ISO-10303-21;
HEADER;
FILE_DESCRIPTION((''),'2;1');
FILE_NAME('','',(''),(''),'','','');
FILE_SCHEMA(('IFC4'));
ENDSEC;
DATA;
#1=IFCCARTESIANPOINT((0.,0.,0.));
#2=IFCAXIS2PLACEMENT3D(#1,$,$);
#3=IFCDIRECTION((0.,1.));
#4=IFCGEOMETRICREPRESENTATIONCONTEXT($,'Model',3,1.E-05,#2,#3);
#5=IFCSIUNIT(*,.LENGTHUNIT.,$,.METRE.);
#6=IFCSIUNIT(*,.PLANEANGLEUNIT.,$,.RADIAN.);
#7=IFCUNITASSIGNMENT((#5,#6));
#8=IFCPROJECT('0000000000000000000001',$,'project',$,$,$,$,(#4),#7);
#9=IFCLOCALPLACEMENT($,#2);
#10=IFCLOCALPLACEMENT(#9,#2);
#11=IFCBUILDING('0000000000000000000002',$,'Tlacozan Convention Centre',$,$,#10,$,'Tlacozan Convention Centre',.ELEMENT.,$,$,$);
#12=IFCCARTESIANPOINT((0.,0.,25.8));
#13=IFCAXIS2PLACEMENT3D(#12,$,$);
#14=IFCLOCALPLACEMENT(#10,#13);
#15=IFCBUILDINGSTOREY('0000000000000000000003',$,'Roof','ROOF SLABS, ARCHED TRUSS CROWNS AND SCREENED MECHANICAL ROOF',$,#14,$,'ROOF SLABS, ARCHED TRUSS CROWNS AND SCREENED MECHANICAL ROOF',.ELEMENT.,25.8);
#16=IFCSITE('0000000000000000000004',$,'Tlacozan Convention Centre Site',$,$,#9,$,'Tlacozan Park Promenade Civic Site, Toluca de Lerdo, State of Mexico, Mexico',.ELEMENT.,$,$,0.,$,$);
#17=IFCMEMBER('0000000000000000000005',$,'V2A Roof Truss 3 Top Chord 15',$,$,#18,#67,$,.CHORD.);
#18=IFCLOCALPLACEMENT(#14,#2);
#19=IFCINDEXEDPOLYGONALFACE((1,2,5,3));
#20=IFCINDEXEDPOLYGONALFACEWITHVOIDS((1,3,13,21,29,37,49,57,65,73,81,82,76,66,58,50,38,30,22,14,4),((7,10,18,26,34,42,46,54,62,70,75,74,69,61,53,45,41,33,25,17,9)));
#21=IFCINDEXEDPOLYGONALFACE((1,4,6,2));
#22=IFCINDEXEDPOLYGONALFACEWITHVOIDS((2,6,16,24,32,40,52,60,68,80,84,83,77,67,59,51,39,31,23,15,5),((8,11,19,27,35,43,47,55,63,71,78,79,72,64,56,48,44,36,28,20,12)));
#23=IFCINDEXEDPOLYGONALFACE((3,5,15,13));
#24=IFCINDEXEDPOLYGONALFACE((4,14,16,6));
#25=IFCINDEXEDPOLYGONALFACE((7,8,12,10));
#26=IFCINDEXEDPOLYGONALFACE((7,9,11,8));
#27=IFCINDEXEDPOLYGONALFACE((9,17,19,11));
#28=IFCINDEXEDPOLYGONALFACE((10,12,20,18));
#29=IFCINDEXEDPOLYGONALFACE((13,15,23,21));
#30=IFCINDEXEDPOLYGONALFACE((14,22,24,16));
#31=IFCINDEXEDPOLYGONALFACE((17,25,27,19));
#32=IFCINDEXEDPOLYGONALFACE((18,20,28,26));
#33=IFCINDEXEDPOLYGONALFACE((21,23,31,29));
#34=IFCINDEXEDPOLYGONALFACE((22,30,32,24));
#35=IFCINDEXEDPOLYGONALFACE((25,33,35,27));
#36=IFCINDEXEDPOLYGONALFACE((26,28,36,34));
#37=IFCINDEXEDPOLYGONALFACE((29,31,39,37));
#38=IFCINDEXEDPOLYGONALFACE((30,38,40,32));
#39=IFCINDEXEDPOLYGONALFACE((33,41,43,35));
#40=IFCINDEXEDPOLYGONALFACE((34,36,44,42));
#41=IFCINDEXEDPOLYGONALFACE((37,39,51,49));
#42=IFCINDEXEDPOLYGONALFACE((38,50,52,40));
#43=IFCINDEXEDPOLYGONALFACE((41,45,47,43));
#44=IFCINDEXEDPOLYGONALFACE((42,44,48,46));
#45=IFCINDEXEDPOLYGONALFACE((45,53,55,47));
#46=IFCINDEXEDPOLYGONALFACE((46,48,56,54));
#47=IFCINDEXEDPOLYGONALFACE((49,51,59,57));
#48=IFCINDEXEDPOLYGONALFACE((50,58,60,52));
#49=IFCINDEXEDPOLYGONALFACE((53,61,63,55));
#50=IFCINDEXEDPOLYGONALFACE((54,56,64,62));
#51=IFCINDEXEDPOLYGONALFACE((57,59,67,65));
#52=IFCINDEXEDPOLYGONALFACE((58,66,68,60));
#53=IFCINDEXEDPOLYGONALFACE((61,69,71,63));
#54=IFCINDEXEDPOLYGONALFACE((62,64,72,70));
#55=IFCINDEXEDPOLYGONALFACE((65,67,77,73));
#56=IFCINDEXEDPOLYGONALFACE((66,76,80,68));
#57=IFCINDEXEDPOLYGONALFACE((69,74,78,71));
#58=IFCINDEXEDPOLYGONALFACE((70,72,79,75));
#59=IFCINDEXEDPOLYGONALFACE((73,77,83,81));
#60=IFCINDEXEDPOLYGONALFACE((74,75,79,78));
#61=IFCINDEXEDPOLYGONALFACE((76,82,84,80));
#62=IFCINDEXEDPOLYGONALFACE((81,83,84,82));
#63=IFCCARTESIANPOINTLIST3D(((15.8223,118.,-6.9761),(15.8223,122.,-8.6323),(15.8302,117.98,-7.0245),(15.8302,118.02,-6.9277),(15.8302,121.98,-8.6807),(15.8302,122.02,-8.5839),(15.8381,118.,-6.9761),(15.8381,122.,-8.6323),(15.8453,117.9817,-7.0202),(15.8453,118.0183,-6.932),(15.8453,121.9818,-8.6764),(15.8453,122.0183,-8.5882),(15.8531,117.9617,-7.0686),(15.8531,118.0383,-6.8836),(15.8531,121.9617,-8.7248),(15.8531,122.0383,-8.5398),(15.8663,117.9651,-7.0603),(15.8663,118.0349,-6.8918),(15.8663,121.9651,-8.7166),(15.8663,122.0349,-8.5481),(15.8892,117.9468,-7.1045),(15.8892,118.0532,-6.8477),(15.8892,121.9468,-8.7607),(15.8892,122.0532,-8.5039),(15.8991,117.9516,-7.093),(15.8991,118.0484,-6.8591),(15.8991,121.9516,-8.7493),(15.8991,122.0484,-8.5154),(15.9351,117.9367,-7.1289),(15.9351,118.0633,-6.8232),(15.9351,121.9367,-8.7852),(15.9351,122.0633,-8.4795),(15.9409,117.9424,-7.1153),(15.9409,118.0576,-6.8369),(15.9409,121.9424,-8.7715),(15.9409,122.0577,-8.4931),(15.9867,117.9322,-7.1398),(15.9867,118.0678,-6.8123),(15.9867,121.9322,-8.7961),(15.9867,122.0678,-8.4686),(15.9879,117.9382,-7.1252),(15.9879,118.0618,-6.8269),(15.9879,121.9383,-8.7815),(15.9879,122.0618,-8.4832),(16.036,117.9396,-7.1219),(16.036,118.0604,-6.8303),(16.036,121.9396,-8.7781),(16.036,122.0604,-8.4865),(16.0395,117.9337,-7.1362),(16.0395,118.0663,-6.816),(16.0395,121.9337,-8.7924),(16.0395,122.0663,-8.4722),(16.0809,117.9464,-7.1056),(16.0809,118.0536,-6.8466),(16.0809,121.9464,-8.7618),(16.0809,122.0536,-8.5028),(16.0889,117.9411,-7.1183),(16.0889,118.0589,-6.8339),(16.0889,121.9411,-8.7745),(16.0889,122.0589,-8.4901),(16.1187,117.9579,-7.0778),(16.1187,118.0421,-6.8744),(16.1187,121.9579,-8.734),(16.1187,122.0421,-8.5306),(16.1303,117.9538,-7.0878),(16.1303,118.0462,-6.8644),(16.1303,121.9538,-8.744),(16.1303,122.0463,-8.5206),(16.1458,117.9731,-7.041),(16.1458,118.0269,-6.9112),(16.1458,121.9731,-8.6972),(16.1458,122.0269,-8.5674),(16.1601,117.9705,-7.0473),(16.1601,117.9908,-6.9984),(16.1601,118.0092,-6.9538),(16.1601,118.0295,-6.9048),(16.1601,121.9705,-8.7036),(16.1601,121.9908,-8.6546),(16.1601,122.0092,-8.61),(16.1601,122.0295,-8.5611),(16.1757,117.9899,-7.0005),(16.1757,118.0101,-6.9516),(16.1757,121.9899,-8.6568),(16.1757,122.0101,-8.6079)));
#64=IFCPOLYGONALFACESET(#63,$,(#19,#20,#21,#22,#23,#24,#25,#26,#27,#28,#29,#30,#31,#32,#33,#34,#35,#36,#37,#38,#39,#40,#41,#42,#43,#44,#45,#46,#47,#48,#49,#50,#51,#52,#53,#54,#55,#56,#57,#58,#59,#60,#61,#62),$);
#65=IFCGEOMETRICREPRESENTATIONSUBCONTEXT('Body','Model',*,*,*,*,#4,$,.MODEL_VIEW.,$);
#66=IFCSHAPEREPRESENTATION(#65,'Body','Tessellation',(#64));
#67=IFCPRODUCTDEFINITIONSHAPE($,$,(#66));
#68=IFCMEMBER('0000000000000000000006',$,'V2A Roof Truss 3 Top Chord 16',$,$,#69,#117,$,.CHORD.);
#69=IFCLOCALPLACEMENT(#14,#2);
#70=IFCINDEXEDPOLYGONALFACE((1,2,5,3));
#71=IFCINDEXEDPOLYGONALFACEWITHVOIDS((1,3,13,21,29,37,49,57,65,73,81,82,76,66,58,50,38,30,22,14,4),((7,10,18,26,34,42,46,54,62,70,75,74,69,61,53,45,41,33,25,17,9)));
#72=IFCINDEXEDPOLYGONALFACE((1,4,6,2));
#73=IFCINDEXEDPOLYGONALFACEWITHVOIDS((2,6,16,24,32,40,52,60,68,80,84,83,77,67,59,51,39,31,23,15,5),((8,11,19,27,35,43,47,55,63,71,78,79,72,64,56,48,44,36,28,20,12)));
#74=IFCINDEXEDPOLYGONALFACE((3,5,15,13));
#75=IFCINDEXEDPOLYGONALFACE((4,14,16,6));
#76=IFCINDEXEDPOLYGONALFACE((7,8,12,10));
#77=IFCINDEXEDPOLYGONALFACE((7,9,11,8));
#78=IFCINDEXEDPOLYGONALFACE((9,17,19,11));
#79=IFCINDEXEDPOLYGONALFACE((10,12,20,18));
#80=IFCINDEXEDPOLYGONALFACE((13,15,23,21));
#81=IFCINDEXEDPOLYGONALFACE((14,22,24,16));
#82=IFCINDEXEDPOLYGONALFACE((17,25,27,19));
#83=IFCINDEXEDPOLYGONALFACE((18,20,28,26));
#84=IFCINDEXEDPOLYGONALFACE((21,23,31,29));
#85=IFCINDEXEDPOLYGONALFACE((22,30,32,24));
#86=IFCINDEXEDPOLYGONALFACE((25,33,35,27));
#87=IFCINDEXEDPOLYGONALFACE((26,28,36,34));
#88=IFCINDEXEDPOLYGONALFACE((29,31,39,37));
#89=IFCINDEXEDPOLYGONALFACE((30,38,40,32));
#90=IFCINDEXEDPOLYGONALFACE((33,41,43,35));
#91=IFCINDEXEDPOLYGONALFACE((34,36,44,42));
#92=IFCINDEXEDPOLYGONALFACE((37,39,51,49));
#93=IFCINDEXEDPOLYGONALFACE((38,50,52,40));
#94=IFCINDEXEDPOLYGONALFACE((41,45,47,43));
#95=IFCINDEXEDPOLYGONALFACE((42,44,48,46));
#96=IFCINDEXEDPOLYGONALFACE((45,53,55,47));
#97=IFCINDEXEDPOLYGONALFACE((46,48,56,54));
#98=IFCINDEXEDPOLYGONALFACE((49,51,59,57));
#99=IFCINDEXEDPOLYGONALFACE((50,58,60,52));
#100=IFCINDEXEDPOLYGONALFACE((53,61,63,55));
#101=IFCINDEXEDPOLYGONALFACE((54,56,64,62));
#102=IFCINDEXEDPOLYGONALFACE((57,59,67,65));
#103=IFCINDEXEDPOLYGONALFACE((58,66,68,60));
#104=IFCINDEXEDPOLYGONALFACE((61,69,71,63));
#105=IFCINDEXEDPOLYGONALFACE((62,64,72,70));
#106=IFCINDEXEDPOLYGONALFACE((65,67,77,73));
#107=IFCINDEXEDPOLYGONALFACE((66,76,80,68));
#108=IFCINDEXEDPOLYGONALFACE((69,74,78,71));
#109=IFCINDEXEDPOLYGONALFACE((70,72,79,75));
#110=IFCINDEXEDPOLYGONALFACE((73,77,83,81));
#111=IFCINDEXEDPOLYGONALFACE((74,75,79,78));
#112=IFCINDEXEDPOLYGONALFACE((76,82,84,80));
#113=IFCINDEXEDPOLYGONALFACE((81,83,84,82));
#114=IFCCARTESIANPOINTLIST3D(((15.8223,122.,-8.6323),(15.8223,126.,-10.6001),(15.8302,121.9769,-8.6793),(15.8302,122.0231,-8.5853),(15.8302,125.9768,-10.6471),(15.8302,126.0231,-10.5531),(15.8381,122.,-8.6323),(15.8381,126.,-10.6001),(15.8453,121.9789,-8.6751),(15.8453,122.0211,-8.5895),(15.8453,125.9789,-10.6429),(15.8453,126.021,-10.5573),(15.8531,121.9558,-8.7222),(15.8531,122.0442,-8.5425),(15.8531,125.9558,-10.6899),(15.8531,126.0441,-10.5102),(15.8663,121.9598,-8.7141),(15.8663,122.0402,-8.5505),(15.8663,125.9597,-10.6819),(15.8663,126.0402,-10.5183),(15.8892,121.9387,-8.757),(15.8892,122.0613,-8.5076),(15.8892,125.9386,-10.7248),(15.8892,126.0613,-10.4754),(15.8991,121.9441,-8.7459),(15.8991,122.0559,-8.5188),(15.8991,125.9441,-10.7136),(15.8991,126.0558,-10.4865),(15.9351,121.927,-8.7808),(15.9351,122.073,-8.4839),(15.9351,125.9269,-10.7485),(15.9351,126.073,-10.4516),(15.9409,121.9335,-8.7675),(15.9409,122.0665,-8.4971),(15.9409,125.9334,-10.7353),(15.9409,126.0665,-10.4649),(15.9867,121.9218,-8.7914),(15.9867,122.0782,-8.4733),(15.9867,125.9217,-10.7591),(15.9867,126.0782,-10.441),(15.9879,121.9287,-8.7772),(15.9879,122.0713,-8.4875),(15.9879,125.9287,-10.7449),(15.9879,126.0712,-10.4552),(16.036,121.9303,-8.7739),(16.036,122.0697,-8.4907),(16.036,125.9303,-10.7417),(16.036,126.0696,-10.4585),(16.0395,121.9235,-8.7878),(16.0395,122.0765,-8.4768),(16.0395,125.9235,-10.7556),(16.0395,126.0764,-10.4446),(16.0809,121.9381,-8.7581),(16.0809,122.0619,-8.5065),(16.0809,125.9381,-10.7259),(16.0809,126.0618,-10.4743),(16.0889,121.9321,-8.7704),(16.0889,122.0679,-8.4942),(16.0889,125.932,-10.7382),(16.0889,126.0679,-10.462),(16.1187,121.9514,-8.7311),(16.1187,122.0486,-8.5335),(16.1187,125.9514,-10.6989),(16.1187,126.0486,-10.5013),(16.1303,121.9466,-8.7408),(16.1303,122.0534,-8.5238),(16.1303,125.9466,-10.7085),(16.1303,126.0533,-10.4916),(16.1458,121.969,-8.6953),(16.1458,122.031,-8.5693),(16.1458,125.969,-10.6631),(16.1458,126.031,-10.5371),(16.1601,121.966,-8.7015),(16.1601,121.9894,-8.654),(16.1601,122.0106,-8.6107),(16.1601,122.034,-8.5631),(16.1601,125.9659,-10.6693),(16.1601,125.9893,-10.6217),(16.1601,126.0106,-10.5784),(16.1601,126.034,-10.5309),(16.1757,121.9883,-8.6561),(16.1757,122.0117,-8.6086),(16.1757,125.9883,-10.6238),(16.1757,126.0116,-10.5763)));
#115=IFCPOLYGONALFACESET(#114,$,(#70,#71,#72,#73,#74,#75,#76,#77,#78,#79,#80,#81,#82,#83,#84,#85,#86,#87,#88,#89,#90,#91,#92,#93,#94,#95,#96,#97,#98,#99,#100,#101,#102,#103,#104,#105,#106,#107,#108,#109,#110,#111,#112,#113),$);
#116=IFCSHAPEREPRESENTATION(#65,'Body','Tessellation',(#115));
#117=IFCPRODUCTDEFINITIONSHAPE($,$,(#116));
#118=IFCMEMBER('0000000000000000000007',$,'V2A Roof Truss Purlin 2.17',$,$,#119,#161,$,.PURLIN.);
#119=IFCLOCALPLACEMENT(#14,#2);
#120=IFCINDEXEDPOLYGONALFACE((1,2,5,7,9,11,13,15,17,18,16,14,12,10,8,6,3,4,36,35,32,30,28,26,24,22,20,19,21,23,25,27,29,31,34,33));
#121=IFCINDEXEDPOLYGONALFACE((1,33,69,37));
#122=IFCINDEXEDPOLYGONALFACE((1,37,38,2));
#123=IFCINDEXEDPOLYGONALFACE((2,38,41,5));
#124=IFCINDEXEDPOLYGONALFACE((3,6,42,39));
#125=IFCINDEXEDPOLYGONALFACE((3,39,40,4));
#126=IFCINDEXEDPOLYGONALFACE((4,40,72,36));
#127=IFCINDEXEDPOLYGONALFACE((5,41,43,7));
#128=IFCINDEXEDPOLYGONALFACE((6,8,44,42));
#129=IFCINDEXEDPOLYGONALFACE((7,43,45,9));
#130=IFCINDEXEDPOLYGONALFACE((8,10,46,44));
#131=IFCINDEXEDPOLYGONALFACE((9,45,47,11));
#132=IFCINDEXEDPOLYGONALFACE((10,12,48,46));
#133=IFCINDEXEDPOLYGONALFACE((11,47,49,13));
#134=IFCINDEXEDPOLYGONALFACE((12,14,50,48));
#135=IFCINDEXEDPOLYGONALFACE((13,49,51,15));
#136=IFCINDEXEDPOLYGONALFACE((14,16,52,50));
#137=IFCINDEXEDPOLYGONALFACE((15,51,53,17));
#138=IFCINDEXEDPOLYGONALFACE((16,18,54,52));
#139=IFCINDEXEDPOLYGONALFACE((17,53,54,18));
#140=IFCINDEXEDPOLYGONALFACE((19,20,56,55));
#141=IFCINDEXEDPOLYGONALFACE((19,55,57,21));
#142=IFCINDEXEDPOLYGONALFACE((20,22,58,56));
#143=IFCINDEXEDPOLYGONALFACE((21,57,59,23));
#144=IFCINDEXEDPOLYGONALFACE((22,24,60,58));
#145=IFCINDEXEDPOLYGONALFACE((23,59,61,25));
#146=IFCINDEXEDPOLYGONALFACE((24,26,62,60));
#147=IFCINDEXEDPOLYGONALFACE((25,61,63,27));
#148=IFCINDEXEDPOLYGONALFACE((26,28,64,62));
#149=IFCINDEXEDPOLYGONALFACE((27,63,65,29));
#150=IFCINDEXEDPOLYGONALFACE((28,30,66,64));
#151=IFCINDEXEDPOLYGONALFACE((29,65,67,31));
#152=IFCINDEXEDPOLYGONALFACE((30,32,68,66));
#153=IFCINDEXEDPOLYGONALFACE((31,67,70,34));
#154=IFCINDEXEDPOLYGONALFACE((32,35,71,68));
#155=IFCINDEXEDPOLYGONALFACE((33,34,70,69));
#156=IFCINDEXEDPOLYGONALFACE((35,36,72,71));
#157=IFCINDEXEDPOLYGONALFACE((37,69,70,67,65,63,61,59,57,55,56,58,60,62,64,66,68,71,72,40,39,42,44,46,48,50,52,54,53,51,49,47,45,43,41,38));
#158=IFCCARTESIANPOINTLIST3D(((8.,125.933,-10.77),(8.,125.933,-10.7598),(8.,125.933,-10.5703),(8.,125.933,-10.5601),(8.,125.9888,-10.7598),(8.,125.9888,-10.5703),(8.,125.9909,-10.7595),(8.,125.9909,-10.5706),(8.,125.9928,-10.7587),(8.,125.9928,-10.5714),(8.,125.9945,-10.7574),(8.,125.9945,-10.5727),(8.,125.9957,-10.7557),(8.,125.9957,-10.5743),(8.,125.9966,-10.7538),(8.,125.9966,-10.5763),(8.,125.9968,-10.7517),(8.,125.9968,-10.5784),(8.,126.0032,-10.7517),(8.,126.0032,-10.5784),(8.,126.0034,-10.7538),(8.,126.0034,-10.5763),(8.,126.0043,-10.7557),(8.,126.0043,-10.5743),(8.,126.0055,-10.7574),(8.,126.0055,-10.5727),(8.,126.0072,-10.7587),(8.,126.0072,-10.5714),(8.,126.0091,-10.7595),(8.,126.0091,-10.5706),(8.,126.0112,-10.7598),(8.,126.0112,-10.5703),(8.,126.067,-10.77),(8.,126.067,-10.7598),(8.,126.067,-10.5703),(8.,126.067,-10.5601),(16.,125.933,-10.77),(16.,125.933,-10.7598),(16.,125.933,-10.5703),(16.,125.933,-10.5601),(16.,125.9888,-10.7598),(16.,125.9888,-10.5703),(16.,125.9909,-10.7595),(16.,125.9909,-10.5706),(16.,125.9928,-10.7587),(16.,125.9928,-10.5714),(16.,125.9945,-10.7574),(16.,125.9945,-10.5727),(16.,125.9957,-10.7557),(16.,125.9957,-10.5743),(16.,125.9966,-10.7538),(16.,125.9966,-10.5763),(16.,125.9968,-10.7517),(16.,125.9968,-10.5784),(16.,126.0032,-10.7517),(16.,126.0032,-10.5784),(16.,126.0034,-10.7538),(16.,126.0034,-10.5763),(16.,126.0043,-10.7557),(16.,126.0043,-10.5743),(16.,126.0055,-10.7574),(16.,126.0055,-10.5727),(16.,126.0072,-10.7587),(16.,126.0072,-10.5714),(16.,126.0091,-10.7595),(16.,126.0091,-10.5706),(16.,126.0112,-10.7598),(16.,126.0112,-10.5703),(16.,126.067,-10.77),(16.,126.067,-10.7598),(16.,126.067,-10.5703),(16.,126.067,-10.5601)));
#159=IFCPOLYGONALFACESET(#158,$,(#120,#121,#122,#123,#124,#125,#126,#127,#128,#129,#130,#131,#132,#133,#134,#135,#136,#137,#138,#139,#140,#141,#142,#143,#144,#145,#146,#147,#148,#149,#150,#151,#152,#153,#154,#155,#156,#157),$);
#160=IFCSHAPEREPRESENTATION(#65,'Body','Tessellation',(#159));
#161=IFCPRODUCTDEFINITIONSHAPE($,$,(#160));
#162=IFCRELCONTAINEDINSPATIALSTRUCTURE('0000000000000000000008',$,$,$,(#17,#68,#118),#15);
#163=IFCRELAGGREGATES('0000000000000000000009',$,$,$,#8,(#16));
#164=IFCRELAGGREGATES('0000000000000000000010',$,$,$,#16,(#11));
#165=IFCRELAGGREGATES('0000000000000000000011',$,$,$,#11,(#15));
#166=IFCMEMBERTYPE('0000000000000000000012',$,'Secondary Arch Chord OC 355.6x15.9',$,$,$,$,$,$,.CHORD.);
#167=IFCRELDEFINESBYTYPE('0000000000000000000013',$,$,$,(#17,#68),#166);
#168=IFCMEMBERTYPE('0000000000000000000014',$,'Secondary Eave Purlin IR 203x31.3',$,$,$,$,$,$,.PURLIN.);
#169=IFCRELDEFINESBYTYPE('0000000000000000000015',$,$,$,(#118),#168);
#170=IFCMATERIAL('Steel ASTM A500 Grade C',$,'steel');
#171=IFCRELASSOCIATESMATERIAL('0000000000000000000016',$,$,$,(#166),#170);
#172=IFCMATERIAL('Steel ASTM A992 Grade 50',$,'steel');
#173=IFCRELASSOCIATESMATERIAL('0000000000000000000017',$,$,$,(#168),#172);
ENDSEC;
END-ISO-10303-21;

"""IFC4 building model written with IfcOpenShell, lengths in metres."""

from ifc_helpers import new_model, si_unit, direction, frame, origin, origin_2d, place, context, subcontext, project, spatial, hollow_circle, i_section, extrude, material, material_profile, profile_set, type_object, element, save


model = new_model("IFC4")

# Units and contexts
model_context = context("Model", 3, precision=1e-05, world=origin(), true_north=direction((0.0, 1.0)))
body_context = subcontext(model_context, "Body", "Model", "MODEL_VIEW")
ifc_project = project(units=[si_unit("LENGTHUNIT", "METRE"), si_unit("PLANEANGLEUNIT", "RADIAN")], contexts=[model_context])

# Site, building, storey
site_placement = place(None, origin())
site = spatial("IfcSite", under=ifc_project, at=site_placement, Name="Tlacozan Convention Centre Site", LongName="Tlacozan Park Promenade Civic Site, Toluca de Lerdo, State of Mexico, Mexico", CompositionType="ELEMENT", RefElevation=0.0)
building_placement = place(site_placement, origin())
building = spatial("IfcBuilding", under=site, at=building_placement, Name="Tlacozan Convention Centre", LongName="Tlacozan Convention Centre", CompositionType="ELEMENT")
storey_placement = place(building_placement, frame((0.0, 0.0, 25.8)))
storey = spatial("IfcBuildingStorey", under=building, at=storey_placement, Name="Roof", Description="ROOF SLABS, ARCHED TRUSS CROWNS AND SCREENED MECHANICAL ROOF", LongName="ROOF SLABS, ARCHED TRUSS CROWNS AND SCREENED MECHANICAL ROOF", CompositionType="ELEMENT", Elevation=25.8)

# Members
ifc_material_1 = material(Name="Steel ASTM A500 Grade C", Category="steel")
ifc_material_2 = material(Name="Steel ASTM A992 Grade 50", Category="steel")
ifc_material_profile_1 = material_profile(ifc_material_1, hollow_circle(Radius=0.1777, WallThickness=0.0159, at=origin_2d()), Name="OC 355.6x15.9")
ifc_profile_set_1 = profile_set([ifc_material_profile_1], Name="Steel ASTM A500 Grade C")
member_type_1 = type_object("IfcMemberType", Name="Secondary Arch Chord OC 355.6x15.9", PredefinedType="CHORD", material=ifc_profile_set_1)
member_1_placement = place(storey_placement, frame((16.0, 118.0, -6.9761), z_axis=(0.0, 0.923929, -0.382564), x_axis=(-1.0, 0.0, 0.0)))
element("IfcMember", 1, at=member_1_placement, inside=storey, type_object=member_type_1, Name="V2A Roof Truss 3 Top Chord 15", PredefinedType="CHORD", context=body_context, shape_type="SweptSolid", body=[
    extrude(hollow_circle(Radius=0.1777, WallThickness=0.0159, at=origin_2d()), origin(), (0.0, 0.0, 1.0), 4.3293),
])
member_2_placement = place(storey_placement, frame((16.0, 122.0, -8.6323), z_axis=(0.0, 0.8973, -0.441421), x_axis=(-1.0, 0.0, 0.0)))
element("IfcMember", 2, at=member_2_placement, inside=storey, type_object=member_type_1, Name="V2A Roof Truss 3 Top Chord 16", PredefinedType="CHORD", context=body_context, shape_type="SweptSolid", body=[
    extrude(hollow_circle(Radius=0.1777, WallThickness=0.0159, at=origin_2d()), origin(), (0.0, 0.0, 1.0), 4.4578),
])
ifc_material_profile_2 = material_profile(ifc_material_2, i_section(OverallWidth=0.134, OverallDepth=0.21, WebThickness=0.0063, FlangeThickness=0.0103, FilletRadius=0.0081, at=origin_2d()), Name="IR 203x31.3")
ifc_profile_set_2 = profile_set([ifc_material_profile_2], Name="Steel ASTM A992 Grade 50")
member_type_2 = type_object("IfcMemberType", Name="Secondary Eave Purlin IR 203x31.3", PredefinedType="PURLIN", material=ifc_profile_set_2)
for number, where, z_axis, x_axis, name in (
    (3, (8.0, 126.0, -10.665), (1.0, 0.0, 0.0), (0.0, 1.0, 0.0), "V2A Roof Truss Purlin 2.17"),
):
    element("IfcMember", number, at=place(storey_placement, frame(where, z_axis=z_axis, x_axis=x_axis)), inside=storey, type_object=member_type_2, Name=name, PredefinedType="PURLIN", context=body_context, shape_type="SweptSolid", body=[
        extrude(i_section(OverallWidth=0.134, OverallDepth=0.21, WebThickness=0.0063, FlangeThickness=0.0103, FilletRadius=0.0081, at=origin_2d()), origin(), (0.0, 0.0, 1.0), 8.0),
    ])

save(model, "model.ifc")
